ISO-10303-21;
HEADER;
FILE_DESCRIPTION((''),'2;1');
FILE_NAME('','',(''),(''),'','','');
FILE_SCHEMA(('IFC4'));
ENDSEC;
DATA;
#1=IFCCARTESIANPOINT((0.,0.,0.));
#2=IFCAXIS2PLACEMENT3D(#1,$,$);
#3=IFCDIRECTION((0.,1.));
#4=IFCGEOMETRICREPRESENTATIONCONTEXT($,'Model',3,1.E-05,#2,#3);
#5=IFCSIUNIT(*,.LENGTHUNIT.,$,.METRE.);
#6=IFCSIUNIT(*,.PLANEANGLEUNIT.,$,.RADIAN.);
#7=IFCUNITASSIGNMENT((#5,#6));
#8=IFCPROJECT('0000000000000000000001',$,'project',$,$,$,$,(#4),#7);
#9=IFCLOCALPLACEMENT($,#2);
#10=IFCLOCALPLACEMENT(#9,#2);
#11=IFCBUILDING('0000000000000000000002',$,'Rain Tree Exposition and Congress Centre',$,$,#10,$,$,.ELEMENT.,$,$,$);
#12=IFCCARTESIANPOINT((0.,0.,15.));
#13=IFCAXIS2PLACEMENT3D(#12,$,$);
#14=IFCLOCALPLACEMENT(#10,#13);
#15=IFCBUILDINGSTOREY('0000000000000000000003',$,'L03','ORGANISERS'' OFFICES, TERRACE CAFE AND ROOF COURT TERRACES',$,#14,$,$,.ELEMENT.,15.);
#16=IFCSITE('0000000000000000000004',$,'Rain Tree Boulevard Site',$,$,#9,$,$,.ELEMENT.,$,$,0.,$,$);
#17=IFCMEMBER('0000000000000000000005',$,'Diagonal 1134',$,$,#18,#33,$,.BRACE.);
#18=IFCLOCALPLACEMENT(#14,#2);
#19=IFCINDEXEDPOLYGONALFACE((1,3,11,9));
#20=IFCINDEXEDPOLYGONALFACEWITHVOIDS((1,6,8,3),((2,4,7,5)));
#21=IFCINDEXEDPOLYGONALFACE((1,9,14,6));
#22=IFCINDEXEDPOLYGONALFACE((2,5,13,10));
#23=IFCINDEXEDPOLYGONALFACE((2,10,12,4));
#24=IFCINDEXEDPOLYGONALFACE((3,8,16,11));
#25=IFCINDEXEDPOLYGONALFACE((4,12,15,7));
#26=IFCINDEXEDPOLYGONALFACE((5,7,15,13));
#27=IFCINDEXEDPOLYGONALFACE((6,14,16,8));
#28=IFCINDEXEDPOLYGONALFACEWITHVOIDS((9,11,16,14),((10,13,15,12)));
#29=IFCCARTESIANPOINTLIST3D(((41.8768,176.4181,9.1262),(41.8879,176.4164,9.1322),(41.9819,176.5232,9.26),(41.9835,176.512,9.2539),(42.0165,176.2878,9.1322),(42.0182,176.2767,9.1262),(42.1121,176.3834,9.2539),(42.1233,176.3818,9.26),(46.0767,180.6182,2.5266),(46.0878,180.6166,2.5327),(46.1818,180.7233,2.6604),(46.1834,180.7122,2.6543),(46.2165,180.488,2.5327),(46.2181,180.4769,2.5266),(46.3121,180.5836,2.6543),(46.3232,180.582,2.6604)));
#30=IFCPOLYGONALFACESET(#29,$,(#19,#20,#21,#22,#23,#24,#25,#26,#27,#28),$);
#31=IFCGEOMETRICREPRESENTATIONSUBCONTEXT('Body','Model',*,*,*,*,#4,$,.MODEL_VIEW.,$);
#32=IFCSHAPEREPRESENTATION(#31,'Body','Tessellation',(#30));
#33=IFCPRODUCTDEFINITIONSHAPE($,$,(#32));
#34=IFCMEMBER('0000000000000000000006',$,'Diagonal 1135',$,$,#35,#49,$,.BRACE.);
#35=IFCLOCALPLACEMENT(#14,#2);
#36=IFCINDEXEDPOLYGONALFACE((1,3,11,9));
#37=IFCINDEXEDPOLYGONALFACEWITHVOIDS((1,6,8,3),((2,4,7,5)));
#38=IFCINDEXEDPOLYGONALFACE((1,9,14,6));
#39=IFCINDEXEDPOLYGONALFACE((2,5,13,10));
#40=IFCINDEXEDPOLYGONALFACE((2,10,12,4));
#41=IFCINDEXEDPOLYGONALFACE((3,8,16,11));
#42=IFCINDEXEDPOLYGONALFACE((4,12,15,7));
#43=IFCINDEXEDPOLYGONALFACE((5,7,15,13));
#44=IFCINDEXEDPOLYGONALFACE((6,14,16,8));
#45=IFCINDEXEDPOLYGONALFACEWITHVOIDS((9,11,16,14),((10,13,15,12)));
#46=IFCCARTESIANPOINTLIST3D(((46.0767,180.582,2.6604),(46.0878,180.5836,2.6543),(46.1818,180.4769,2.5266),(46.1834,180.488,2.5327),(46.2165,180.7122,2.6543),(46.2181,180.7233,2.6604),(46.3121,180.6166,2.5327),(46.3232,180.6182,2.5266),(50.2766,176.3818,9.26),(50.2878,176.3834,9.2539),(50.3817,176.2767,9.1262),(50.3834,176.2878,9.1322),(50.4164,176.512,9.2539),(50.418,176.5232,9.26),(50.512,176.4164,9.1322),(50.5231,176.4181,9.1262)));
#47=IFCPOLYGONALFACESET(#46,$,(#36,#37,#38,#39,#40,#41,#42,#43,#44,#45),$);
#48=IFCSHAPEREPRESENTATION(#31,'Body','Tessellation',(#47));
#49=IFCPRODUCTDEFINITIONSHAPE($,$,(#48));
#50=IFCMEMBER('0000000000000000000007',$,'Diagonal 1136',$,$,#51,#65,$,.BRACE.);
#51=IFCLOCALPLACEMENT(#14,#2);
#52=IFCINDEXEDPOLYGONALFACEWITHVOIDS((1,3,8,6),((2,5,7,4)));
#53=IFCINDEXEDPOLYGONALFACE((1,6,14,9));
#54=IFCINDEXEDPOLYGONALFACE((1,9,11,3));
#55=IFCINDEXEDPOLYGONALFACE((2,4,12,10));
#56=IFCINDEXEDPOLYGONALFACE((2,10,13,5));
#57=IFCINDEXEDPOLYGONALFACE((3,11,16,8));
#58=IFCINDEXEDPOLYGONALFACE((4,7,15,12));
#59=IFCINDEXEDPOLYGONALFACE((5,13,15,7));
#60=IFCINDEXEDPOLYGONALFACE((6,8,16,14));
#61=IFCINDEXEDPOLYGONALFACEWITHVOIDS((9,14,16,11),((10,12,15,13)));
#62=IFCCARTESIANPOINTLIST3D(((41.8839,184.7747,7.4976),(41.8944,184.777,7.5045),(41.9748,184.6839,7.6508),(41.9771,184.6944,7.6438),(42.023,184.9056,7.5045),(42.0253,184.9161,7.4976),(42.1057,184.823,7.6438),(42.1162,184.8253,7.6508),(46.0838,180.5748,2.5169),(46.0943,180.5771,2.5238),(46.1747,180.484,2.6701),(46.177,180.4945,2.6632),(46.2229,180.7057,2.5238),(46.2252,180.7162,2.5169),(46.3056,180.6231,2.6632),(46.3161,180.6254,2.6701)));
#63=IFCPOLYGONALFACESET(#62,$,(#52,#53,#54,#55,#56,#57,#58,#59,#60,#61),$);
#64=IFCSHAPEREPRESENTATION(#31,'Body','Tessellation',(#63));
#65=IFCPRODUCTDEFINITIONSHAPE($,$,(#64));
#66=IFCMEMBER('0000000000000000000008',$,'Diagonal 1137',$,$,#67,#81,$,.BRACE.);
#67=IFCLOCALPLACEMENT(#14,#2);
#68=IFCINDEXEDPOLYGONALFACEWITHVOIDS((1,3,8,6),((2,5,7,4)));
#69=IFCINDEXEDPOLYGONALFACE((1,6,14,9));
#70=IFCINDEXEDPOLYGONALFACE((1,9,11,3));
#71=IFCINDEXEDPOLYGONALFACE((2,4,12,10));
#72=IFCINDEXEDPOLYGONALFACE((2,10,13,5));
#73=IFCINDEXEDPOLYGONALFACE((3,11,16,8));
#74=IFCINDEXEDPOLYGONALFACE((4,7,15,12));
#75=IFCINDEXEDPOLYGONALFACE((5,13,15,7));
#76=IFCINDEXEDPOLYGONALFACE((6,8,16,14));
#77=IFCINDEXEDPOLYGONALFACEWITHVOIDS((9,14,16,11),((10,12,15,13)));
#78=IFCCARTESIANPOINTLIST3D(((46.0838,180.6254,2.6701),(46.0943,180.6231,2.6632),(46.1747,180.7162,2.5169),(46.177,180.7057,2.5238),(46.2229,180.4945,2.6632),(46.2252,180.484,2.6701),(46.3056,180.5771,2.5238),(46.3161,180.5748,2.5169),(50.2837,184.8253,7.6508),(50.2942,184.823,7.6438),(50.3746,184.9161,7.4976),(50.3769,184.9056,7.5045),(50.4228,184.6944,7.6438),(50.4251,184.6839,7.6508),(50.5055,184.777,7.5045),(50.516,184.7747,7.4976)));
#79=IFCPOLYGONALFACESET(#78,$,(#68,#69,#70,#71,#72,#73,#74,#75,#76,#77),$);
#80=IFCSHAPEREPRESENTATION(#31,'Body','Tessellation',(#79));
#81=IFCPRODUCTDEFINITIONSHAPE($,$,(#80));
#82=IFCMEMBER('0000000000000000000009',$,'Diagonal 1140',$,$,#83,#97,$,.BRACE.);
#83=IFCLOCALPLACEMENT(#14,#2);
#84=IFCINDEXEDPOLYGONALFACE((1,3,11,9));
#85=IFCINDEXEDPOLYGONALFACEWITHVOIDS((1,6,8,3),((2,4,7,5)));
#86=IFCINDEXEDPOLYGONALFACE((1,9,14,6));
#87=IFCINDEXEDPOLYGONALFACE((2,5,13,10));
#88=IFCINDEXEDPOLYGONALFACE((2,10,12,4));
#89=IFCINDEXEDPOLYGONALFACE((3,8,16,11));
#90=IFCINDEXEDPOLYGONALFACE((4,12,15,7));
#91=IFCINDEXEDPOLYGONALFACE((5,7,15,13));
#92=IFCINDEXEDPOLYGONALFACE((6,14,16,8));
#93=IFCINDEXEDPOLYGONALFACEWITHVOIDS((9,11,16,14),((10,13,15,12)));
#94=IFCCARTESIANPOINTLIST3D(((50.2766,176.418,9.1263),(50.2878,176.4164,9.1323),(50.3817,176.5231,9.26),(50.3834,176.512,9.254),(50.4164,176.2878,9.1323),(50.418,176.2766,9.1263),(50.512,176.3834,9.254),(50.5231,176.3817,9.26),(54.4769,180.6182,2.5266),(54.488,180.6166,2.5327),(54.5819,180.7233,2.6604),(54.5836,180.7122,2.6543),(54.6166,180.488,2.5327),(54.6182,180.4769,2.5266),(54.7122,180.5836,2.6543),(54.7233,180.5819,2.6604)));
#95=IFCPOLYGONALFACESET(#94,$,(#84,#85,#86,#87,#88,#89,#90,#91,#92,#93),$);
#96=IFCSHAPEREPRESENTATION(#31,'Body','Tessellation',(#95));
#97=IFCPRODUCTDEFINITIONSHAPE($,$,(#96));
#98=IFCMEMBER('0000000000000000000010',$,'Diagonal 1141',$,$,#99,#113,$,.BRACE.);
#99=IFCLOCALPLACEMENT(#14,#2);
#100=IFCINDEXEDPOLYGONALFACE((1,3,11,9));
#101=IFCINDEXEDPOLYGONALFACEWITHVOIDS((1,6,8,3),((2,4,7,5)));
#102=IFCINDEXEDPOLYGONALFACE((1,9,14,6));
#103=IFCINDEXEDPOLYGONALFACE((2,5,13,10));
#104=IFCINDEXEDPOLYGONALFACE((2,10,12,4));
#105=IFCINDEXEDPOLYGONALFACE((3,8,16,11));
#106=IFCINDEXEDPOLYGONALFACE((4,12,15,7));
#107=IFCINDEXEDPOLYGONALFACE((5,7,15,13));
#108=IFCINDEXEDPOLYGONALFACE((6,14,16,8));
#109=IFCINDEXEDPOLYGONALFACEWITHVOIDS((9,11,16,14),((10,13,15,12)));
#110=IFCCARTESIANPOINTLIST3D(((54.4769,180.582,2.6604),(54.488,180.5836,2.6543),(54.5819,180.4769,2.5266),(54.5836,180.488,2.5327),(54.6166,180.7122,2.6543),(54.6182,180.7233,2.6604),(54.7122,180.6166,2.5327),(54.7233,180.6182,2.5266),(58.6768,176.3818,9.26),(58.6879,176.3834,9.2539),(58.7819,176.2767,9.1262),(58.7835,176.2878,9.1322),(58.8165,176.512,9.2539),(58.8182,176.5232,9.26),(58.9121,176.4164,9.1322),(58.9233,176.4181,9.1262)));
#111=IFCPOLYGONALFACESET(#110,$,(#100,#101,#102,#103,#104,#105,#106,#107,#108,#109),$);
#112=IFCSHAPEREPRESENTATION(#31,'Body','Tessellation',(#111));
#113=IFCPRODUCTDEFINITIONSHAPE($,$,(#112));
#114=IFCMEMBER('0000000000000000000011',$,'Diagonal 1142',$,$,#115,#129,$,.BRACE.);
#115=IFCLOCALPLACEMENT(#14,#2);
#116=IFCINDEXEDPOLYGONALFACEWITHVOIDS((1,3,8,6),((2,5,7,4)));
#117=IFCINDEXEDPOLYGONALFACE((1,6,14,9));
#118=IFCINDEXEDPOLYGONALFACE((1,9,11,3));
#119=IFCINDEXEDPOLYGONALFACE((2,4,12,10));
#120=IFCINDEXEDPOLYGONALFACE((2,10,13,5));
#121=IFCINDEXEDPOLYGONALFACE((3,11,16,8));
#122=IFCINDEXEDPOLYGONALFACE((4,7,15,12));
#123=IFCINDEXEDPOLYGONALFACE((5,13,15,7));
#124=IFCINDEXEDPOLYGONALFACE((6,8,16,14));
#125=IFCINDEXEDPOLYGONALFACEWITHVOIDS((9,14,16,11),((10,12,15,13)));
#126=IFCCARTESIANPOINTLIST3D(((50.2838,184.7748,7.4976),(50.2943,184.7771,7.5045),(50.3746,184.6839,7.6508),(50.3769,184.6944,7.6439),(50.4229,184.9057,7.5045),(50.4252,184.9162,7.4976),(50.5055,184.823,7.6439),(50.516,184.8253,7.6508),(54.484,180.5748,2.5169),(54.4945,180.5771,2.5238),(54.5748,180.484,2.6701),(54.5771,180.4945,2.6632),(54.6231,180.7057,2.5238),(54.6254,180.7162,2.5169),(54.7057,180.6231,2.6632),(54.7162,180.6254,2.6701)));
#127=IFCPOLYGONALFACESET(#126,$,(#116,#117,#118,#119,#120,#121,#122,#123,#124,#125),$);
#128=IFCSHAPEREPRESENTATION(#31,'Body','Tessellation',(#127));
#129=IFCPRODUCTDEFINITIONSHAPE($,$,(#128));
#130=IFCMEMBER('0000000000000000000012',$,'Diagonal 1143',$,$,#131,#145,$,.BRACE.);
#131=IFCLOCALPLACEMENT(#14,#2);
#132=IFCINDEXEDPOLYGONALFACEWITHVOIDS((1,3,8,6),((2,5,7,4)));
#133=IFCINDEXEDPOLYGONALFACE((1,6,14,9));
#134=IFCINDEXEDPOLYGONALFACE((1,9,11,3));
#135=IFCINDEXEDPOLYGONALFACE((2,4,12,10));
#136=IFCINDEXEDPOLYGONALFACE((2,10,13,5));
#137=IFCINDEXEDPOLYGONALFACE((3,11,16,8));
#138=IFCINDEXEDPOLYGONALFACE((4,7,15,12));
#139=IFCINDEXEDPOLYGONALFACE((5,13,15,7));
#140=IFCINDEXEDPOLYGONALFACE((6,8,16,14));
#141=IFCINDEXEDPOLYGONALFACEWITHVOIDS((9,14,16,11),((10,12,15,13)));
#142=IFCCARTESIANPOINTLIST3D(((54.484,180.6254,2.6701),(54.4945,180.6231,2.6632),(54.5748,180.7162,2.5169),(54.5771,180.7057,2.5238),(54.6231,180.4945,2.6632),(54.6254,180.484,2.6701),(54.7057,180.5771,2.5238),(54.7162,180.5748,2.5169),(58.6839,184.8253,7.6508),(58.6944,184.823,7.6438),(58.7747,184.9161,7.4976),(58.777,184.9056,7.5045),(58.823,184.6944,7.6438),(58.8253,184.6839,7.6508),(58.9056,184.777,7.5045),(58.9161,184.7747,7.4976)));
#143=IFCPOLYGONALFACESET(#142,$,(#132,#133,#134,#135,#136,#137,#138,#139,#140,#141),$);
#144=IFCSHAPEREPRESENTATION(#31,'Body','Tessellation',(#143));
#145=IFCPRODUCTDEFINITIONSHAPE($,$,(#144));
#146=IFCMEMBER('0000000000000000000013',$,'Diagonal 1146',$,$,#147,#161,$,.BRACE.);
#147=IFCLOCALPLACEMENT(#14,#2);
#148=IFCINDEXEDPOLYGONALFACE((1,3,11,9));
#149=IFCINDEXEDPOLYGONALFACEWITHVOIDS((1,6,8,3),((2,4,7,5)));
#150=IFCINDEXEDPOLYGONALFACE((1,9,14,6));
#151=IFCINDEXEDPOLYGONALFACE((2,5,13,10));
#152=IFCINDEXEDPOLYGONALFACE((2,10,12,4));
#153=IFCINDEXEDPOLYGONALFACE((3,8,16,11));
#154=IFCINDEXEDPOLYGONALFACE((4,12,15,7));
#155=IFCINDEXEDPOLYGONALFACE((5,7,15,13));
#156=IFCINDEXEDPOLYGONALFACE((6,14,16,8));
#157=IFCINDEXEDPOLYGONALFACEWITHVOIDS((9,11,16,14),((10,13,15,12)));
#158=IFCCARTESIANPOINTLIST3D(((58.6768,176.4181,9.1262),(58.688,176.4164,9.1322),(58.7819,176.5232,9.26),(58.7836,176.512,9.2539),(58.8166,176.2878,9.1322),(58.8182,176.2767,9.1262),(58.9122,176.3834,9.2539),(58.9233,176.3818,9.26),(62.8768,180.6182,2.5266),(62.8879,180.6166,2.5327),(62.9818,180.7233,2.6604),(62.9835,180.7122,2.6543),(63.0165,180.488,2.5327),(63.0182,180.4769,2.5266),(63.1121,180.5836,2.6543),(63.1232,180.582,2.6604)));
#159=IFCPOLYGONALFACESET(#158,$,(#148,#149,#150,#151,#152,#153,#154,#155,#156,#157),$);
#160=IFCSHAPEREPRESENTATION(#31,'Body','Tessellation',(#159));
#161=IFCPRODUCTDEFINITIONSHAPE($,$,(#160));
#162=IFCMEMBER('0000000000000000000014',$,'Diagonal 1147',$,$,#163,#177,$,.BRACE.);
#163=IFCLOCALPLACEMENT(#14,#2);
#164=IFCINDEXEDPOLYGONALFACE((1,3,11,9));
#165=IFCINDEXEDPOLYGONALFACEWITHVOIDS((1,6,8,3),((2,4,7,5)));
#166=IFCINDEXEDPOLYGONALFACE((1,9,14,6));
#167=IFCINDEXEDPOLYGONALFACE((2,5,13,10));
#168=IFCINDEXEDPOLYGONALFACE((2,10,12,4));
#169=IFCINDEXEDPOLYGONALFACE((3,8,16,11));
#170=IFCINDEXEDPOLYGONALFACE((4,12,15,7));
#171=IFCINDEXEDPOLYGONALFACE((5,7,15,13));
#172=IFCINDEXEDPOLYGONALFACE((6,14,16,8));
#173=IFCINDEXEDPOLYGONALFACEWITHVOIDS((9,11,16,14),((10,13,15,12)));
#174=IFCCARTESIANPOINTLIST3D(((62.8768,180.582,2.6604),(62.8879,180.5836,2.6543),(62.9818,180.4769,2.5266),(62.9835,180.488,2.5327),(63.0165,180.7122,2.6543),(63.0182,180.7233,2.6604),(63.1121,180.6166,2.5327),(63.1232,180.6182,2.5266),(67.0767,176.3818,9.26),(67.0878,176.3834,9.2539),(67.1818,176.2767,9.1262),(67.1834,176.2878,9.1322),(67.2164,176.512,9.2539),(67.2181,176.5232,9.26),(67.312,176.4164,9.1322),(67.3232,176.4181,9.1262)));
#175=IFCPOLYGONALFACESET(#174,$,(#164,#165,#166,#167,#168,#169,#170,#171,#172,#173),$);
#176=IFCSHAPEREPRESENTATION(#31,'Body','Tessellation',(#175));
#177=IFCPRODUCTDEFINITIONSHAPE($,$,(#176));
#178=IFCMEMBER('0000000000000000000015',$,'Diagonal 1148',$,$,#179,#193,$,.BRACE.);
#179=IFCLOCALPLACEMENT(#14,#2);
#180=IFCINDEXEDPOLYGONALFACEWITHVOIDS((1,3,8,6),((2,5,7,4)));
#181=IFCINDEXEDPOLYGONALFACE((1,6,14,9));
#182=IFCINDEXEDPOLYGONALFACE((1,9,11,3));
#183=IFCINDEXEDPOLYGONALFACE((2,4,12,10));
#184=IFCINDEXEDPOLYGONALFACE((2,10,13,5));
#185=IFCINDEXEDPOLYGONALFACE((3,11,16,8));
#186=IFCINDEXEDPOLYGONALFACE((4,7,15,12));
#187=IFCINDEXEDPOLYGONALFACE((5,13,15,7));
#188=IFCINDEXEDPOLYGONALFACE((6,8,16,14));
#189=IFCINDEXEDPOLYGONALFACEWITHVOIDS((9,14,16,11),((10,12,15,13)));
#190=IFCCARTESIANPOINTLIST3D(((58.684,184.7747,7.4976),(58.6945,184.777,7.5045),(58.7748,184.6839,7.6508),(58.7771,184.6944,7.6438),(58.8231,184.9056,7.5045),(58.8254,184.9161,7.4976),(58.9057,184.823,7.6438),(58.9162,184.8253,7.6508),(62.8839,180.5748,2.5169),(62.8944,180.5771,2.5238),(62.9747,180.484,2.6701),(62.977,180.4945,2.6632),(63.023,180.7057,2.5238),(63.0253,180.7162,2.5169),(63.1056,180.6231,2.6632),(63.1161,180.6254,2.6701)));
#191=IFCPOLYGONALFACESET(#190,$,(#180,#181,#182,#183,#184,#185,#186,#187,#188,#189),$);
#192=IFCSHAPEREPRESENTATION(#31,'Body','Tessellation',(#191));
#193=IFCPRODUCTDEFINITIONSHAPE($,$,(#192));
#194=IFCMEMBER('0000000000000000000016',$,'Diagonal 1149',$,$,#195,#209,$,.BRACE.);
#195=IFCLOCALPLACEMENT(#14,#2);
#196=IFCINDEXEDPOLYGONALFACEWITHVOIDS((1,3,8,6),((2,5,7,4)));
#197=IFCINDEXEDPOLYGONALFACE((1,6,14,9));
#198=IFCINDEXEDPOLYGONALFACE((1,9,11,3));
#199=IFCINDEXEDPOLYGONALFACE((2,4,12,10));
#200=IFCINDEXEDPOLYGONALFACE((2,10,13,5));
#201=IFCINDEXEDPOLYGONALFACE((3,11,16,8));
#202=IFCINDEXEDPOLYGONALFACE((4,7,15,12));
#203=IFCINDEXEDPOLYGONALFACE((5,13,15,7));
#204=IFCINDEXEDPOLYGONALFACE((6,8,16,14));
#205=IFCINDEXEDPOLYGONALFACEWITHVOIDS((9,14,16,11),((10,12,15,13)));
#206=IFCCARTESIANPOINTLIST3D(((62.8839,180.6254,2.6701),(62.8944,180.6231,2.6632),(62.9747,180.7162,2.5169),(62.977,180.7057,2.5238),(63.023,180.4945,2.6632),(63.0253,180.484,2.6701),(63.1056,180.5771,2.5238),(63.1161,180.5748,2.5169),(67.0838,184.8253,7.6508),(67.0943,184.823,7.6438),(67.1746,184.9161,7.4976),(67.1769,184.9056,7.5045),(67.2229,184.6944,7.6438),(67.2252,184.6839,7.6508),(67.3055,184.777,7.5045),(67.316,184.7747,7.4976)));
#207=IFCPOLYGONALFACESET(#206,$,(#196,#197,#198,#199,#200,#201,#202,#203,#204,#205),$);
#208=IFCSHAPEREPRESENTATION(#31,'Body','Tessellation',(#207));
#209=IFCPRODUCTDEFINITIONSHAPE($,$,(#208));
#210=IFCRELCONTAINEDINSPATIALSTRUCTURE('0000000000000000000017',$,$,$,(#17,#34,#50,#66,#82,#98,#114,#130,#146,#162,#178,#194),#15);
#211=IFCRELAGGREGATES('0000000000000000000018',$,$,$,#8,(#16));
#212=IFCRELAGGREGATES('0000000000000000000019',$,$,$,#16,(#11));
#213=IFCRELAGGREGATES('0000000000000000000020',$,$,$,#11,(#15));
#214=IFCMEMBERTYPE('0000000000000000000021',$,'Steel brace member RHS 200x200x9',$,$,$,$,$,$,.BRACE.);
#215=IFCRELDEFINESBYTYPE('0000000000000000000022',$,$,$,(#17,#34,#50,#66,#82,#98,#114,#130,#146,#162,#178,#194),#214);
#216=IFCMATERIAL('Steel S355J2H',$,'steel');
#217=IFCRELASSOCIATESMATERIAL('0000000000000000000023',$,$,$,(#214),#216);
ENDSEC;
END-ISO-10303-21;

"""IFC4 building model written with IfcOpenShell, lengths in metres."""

from ifc_helpers import new_model, si_unit, direction, frame, origin, origin_2d, place, context, subcontext, project, spatial, hollow_rectangle, extrude, material, material_profile, profile_set, type_object, element, save


model = new_model("IFC4")

# Units and contexts
model_context = context("Model", 3, precision=1e-05, world=origin(), true_north=direction((0.0, 1.0)))
body_context = subcontext(model_context, "Body", "Model", "MODEL_VIEW")
ifc_project = project(units=[si_unit("LENGTHUNIT", "METRE"), si_unit("PLANEANGLEUNIT", "RADIAN")], contexts=[model_context])

# Site, building, storey
site_placement = place(None, origin())
site = spatial("IfcSite", under=ifc_project, at=site_placement, Name="Rain Tree Boulevard Site", CompositionType="ELEMENT", RefElevation=0.0)
building_placement = place(site_placement, origin())
building = spatial("IfcBuilding", under=site, at=building_placement, Name="Rain Tree Exposition and Congress Centre", CompositionType="ELEMENT")
storey_placement = place(building_placement, frame((0.0, 0.0, 15.0)))
storey = spatial("IfcBuildingStorey", under=building, at=storey_placement, Name="L03", Description="ORGANISERS' OFFICES, TERRACE CAFE AND ROOF COURT TERRACES", CompositionType="ELEMENT", Elevation=15.0)

# Members
ifc_material_1 = material(Name="Steel S355J2H", Category="steel")
ifc_material_profile_1 = material_profile(ifc_material_1, hollow_rectangle(XDim=0.2, YDim=0.2, WallThickness=0.009, at=origin_2d()), Name="RHS 200x200x9")
ifc_profile_set_1 = profile_set([ifc_material_profile_1], Name="Steel S355J2H")
member_type_1 = type_object("IfcMemberType", Name="Steel brace member RHS 200x200x9", PredefinedType="BRACE", material=ifc_profile_set_1)
for number, where, z_axis, x_axis, name in (
    (1, (46.2, 180.6001, 2.5935), (-0.473022, -0.47305, 0.743286), (0.707127, -0.707086, 0.0), "Diagonal 1134"),
    (2, (46.2, 180.6001, 2.5935), (0.473022, -0.47305, 0.743286), (0.707127, 0.707086, 0.0), "Diagonal 1135"),
):
    element("IfcMember", number, at=place(storey_placement, frame(where, z_axis=z_axis, x_axis=x_axis)), inside=storey, type_object=member_type_1, Name=name, PredefinedType="BRACE", context=body_context, shape_type="SweptSolid", body=[
        extrude(hollow_rectangle(XDim=0.2, YDim=0.2, WallThickness=0.009, at=origin_2d()), origin(), (0.0, 0.0, 1.0), 8.8789),
    ])
for number, where, z_axis, x_axis, name in (
    (3, (46.2, 180.6001, 2.5935), (-0.54182, 0.54182, 0.642543), (-0.707107, -0.707107, 0.0), "Diagonal 1136"),
    (4, (46.2, 180.6001, 2.5935), (0.54182, 0.54182, 0.642543), (-0.707107, 0.707107, 0.0), "Diagonal 1137"),
):
    element("IfcMember", number, at=place(storey_placement, frame(where, z_axis=z_axis, x_axis=x_axis)), inside=storey, type_object=member_type_1, Name=name, PredefinedType="BRACE", context=body_context, shape_type="SweptSolid", body=[
        extrude(hollow_rectangle(XDim=0.2, YDim=0.2, WallThickness=0.009, at=origin_2d()), origin(), (0.0, 0.0, 1.0), 7.7515),
    ])
member_1_placement = place(storey_placement, frame((54.6001, 180.6001, 2.5935), z_axis=(-0.473044, -0.473044, 0.743276), x_axis=(0.707107, -0.707107, 0.0)))
element("IfcMember", 5, at=member_1_placement, inside=storey, type_object=member_type_1, Name="Diagonal 1140", PredefinedType="BRACE", context=body_context, shape_type="SweptSolid", body=[
    extrude(hollow_rectangle(XDim=0.2, YDim=0.2, WallThickness=0.009, at=origin_2d()), origin(), (0.0, 0.0, 1.0), 8.8792),
])
member_2_placement = place(storey_placement, frame((54.6001, 180.6001, 2.5935), z_axis=(0.473022, -0.47305, 0.743286), x_axis=(0.707127, 0.707086, 0.0)))
element("IfcMember", 6, at=member_2_placement, inside=storey, type_object=member_type_1, Name="Diagonal 1141", PredefinedType="BRACE", context=body_context, shape_type="SweptSolid", body=[
    extrude(hollow_rectangle(XDim=0.2, YDim=0.2, WallThickness=0.009, at=origin_2d()), origin(), (0.0, 0.0, 1.0), 8.8789),
])
member_3_placement = place(storey_placement, frame((54.6001, 180.6001, 2.5935), z_axis=(-0.541842, 0.541811, 0.642532), x_axis=(-0.707086, -0.707127, 0.0)))
element("IfcMember", 7, at=member_3_placement, inside=storey, type_object=member_type_1, Name="Diagonal 1142", PredefinedType="BRACE", context=body_context, shape_type="SweptSolid", body=[
    extrude(hollow_rectangle(XDim=0.2, YDim=0.2, WallThickness=0.009, at=origin_2d()), origin(), (0.0, 0.0, 1.0), 7.7517),
])
member_4_placement = place(storey_placement, frame((54.6001, 180.6001, 2.5935), z_axis=(0.54182, 0.54182, 0.642543), x_axis=(-0.707107, 0.707107, 0.0)))
element("IfcMember", 8, at=member_4_placement, inside=storey, type_object=member_type_1, Name="Diagonal 1143", PredefinedType="BRACE", context=body_context, shape_type="SweptSolid", body=[
    extrude(hollow_rectangle(XDim=0.2, YDim=0.2, WallThickness=0.009, at=origin_2d()), origin(), (0.0, 0.0, 1.0), 7.7515),
])
for number, where, z_axis, x_axis, name in (
    (9, (63.0, 180.6001, 2.5935), (-0.473022, -0.47305, 0.743286), (0.707127, -0.707086, 0.0), "Diagonal 1146"),
    (10, (63.0, 180.6001, 2.5935), (0.473022, -0.47305, 0.743286), (0.707127, 0.707086, 0.0), "Diagonal 1147"),
):
    element("IfcMember", number, at=place(storey_placement, frame(where, z_axis=z_axis, x_axis=x_axis)), inside=storey, type_object=member_type_1, Name=name, PredefinedType="BRACE", context=body_context, shape_type="SweptSolid", body=[
        extrude(hollow_rectangle(XDim=0.2, YDim=0.2, WallThickness=0.009, at=origin_2d()), origin(), (0.0, 0.0, 1.0), 8.8789),
    ])
for number, where, z_axis, x_axis, name in (
    (11, (63.0, 180.6001, 2.5935), (-0.54182, 0.54182, 0.642543), (-0.707107, -0.707107, 0.0), "Diagonal 1148"),
    (12, (63.0, 180.6001, 2.5935), (0.54182, 0.54182, 0.642543), (-0.707107, 0.707107, 0.0), "Diagonal 1149"),
):
    element("IfcMember", number, at=place(storey_placement, frame(where, z_axis=z_axis, x_axis=x_axis)), inside=storey, type_object=member_type_1, Name=name, PredefinedType="BRACE", context=body_context, shape_type="SweptSolid", body=[
        extrude(hollow_rectangle(XDim=0.2, YDim=0.2, WallThickness=0.009, at=origin_2d()), origin(), (0.0, 0.0, 1.0), 7.7515),
    ])

save(model, "model.ifc")
